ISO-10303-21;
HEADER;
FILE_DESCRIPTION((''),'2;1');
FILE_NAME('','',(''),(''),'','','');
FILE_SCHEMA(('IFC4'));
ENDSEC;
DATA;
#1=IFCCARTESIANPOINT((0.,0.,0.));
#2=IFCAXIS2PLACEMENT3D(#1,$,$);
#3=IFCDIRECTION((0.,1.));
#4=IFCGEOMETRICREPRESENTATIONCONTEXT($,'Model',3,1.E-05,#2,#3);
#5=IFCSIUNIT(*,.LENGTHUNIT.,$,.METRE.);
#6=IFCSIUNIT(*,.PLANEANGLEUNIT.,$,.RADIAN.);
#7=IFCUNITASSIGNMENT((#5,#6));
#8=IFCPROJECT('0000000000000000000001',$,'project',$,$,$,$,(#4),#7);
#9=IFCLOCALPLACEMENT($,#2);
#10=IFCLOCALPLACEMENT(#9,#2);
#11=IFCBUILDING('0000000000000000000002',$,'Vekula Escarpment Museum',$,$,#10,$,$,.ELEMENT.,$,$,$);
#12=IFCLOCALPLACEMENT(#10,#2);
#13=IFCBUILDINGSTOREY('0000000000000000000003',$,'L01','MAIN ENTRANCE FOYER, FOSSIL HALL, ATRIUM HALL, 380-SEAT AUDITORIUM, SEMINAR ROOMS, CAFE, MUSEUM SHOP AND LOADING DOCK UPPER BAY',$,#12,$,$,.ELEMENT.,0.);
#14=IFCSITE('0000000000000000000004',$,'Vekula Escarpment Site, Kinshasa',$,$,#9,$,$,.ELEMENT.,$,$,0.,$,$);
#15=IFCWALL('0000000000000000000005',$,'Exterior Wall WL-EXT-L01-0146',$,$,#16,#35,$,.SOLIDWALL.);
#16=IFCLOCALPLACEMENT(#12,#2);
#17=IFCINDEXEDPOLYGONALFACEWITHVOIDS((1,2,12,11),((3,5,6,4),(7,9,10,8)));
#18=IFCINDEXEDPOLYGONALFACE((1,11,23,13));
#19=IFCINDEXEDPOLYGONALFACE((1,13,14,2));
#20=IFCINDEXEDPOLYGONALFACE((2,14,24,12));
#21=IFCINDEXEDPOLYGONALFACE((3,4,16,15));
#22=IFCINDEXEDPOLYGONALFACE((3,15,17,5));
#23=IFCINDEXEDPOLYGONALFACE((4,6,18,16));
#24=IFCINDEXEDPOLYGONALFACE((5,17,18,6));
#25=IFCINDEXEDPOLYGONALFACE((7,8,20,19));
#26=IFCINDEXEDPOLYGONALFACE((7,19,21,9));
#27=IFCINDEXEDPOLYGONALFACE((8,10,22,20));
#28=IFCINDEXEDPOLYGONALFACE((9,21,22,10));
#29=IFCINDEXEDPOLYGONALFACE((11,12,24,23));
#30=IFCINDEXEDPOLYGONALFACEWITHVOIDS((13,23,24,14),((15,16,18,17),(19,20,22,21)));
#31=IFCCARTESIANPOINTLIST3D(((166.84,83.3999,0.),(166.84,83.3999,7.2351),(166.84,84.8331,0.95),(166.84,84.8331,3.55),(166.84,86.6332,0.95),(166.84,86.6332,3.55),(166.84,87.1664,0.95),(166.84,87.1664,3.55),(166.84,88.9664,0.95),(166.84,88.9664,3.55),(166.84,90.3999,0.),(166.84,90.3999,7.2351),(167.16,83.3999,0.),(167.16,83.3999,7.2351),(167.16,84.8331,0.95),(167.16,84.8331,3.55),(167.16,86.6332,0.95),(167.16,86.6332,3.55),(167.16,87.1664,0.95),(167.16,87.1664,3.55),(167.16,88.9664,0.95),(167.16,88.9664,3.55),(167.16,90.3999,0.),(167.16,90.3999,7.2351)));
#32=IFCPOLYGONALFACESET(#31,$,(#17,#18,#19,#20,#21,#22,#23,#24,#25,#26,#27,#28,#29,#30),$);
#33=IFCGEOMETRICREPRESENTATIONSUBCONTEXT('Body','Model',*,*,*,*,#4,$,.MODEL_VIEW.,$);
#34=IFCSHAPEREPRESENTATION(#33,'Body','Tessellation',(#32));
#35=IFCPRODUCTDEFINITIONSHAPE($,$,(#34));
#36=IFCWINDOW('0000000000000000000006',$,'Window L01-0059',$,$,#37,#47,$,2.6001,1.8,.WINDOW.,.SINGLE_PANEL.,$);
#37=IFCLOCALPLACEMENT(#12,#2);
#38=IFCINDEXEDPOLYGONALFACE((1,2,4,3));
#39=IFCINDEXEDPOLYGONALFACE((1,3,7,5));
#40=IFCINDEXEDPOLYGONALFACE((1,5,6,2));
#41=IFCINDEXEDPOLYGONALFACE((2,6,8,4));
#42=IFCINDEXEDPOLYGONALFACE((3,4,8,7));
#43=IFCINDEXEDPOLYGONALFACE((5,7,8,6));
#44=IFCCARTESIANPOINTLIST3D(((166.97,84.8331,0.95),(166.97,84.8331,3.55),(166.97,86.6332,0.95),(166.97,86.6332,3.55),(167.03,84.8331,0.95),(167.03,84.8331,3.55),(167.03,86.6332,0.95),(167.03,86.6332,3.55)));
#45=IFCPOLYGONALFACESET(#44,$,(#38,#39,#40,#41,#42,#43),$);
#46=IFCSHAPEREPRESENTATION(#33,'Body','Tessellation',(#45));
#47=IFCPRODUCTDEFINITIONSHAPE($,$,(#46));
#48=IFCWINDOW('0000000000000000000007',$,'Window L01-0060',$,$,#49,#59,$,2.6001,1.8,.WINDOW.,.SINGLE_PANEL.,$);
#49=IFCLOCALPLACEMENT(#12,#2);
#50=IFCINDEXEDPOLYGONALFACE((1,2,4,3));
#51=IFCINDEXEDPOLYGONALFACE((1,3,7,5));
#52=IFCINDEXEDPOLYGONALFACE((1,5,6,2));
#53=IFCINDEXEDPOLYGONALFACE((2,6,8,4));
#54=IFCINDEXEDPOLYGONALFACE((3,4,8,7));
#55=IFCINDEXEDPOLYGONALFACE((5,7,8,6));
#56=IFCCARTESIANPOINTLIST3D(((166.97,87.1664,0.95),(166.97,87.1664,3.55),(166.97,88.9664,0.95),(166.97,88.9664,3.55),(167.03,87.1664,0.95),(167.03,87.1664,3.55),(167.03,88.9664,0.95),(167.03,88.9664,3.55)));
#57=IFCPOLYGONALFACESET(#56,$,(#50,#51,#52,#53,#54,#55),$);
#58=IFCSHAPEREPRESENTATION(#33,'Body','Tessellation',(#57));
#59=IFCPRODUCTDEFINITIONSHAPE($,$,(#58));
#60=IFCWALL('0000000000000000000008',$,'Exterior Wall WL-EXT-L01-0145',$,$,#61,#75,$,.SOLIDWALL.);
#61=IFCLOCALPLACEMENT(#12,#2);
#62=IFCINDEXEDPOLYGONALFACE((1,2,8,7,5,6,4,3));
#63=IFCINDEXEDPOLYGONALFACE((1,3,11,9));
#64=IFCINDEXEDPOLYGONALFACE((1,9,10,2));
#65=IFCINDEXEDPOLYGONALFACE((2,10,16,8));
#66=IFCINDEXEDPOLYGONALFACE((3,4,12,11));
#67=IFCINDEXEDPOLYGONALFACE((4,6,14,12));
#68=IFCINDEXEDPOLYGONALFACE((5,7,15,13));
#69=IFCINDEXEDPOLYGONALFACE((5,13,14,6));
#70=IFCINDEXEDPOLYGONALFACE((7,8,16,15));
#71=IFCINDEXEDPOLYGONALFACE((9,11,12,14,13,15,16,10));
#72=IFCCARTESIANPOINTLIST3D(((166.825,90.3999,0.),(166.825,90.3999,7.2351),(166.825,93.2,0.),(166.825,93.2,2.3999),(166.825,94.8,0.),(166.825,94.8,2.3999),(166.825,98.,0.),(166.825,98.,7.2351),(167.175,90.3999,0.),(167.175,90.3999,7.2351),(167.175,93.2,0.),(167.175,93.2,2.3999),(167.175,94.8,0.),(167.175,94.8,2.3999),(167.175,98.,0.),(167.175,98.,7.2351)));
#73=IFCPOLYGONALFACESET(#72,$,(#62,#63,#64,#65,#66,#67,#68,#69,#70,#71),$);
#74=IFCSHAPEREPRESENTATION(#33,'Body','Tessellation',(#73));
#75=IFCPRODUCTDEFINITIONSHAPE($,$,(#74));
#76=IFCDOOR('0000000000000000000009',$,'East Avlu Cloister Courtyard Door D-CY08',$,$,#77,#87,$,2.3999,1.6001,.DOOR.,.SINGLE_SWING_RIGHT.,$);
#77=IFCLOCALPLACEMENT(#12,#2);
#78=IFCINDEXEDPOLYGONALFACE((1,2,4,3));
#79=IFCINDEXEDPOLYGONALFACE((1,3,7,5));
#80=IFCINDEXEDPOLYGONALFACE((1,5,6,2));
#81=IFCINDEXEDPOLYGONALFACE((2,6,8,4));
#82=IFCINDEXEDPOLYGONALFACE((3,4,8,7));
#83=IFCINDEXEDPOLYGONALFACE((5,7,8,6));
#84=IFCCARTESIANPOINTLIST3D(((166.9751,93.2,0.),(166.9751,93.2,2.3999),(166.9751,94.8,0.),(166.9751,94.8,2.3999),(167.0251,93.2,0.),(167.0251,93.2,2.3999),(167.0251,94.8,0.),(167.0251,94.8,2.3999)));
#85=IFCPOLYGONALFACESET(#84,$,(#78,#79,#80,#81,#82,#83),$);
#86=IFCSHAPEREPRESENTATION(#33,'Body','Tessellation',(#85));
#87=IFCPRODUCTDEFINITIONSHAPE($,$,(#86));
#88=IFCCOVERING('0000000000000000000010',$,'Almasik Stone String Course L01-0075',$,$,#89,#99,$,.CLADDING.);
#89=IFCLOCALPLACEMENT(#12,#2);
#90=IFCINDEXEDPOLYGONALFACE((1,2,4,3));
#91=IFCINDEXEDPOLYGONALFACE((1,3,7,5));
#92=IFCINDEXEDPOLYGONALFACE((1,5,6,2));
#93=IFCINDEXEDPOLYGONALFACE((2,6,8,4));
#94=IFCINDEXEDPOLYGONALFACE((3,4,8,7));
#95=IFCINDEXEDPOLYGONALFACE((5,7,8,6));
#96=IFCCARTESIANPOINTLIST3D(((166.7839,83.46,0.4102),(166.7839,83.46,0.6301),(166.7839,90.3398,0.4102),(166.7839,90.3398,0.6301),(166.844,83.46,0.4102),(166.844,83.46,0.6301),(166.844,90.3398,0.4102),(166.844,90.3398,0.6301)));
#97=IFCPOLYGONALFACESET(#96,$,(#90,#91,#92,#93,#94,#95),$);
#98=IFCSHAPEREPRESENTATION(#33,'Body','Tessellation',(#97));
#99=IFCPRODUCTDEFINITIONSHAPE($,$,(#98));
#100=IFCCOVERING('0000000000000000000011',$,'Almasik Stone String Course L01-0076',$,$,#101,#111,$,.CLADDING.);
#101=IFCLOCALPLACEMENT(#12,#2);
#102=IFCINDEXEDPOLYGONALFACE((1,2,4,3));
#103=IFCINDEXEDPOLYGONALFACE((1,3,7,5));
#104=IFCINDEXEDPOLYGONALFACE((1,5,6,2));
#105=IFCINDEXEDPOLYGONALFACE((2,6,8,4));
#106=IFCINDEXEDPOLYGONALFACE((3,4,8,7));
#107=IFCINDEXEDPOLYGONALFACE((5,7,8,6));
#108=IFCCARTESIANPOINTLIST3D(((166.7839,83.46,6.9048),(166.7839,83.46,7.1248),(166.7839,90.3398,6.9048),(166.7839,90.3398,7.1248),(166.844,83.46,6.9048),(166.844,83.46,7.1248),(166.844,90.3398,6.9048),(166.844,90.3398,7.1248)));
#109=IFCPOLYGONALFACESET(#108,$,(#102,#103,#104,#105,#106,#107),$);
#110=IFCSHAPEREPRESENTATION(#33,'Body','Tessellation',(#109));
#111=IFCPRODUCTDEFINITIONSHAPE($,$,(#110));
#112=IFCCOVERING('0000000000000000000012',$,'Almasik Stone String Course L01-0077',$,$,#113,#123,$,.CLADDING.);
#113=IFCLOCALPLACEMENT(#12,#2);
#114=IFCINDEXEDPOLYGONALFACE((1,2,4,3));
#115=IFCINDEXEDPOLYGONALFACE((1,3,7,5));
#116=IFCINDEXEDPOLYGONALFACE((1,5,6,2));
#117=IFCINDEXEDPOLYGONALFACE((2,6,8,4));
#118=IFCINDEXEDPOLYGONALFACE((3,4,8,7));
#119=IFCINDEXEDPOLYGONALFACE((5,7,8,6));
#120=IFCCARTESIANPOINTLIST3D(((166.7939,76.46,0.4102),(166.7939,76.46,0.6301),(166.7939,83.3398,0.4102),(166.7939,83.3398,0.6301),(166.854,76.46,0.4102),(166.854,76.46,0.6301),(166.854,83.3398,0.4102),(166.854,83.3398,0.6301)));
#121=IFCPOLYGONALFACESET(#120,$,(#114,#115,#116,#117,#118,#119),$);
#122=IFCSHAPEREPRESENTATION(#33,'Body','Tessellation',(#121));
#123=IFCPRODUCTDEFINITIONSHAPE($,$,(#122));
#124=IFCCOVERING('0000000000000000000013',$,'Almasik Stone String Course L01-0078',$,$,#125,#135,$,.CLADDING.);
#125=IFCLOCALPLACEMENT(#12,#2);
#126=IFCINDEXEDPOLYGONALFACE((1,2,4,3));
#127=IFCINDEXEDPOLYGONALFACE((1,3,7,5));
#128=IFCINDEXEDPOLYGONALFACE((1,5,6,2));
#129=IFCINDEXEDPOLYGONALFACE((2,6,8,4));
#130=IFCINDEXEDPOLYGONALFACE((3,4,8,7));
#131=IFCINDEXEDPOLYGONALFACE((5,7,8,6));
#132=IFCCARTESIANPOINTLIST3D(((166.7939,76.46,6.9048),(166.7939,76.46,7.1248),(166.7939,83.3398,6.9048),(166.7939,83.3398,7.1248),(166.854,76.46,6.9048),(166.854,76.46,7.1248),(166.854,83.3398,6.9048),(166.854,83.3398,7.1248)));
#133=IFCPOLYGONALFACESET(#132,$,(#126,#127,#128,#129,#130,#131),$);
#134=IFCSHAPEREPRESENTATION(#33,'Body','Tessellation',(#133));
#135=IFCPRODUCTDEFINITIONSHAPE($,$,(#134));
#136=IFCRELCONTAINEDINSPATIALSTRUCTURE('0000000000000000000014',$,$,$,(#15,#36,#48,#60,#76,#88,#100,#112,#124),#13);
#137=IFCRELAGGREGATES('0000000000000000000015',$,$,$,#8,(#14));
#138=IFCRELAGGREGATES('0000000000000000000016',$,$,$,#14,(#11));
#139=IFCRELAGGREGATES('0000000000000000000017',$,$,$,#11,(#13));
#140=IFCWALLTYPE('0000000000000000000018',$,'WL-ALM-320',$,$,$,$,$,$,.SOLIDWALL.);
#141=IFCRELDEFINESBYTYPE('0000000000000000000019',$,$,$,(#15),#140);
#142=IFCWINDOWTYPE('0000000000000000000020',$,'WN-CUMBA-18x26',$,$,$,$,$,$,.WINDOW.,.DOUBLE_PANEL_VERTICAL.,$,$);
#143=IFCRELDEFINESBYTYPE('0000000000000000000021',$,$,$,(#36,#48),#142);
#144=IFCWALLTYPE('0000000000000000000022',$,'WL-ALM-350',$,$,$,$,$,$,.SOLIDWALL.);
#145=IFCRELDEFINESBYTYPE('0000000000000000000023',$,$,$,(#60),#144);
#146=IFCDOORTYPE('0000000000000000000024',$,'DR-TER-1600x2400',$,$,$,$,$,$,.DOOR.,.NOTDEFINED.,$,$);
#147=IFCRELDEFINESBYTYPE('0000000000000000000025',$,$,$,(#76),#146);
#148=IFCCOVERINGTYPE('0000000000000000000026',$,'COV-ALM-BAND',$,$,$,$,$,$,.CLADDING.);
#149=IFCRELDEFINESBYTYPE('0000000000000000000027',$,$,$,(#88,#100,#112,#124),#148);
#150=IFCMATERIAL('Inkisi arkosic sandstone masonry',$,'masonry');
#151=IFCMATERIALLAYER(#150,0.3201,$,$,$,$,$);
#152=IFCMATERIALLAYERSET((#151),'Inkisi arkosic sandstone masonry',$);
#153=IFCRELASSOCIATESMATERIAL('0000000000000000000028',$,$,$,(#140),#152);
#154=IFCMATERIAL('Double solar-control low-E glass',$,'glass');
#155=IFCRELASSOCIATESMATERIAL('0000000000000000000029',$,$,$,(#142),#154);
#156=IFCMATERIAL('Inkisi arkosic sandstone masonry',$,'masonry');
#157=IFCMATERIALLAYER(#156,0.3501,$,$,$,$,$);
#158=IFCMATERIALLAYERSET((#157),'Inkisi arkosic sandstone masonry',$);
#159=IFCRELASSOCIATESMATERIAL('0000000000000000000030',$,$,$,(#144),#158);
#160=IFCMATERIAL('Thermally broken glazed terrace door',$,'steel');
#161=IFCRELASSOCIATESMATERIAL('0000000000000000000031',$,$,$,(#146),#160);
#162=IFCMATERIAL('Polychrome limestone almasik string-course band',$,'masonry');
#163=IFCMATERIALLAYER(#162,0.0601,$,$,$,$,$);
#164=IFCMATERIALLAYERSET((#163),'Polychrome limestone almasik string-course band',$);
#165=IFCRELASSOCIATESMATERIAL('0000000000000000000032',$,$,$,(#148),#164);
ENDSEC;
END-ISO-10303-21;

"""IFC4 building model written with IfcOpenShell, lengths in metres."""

from ifc_helpers import new_model, si_unit, direction, frame, frame_2d, origin, origin_2d, place, context, subcontext, project, spatial, rectangle, extrude, material, layer, layer_set, type_object, element, fill, save


model = new_model("IFC4")

# Units and contexts
model_context = context("Model", 3, precision=1e-05, world=origin(), true_north=direction((0.0, 1.0)))
body_context = subcontext(model_context, "Body", "Model", "MODEL_VIEW")
ifc_project = project(units=[si_unit("LENGTHUNIT", "METRE"), si_unit("PLANEANGLEUNIT", "RADIAN")], contexts=[model_context])

# Site, building, storey
site_placement = place(None, origin())
site = spatial("IfcSite", under=ifc_project, at=site_placement, Name="Vekula Escarpment Site, Kinshasa", CompositionType="ELEMENT", RefElevation=0.0)
building_placement = place(site_placement, origin())
building = spatial("IfcBuilding", under=site, at=building_placement, Name="Vekula Escarpment Museum", CompositionType="ELEMENT")
storey_placement = place(building_placement, origin())
storey = spatial("IfcBuildingStorey", under=building, at=storey_placement, Name="L01", Description="MAIN ENTRANCE FOYER, FOSSIL HALL, ATRIUM HALL, 380-SEAT AUDITORIUM, SEMINAR ROOMS, CAFE, MUSEUM SHOP AND LOADING DOCK UPPER BAY", CompositionType="ELEMENT", Elevation=0.0)

# Wall, openings, windows
ifc_material_1 = material(Name="Inkisi arkosic sandstone masonry", Category="masonry")
ifc_layer_1 = layer(ifc_material_1, 0.3201)
ifc_layer_set_1 = layer_set([ifc_layer_1], Name="Inkisi arkosic sandstone masonry")
wall_type_1 = type_object("IfcWallType", Name="WL-ALM-320", PredefinedType="SOLIDWALL", material=ifc_layer_set_1)
wall_1_placement = place(storey_placement, frame((167.0, 83.3999, 0.0), z_axis=(0.0, 0.0, 1.0), x_axis=(0.0, 1.0, 0.0)))
wall_1 = element("IfcWall", 1, at=wall_1_placement, inside=storey, type_object=wall_type_1, Name="Exterior Wall WL-EXT-L01-0146", PredefinedType="SOLIDWALL", context=body_context, shape_type="SweptSolid", body=[
    extrude(rectangle(XDim=7.0, YDim=0.3201, at=frame_2d((3.5, 0.0))), origin(), (0.0, 0.0, 1.0), 7.2351),
])
opening_1_placement = place(wall_1_placement, frame((1.4333, 0.0, 0.95)))
opening_1 = element("IfcOpeningElement", 2, at=opening_1_placement, cuts=wall_1, PredefinedType="OPENING", context=body_context, shape_type="SweptSolid", body=[
    extrude(rectangle(XDim=1.8, YDim=2.6001, at=frame_2d((0.8999, 1.3))), frame((0.0, 0.1699, 0.0), z_axis=(0.0, -1.0, 0.0), x_axis=(1.0, 0.0, 0.0)), (0.0, 0.0, 1.0), 0.3401),
])
opening_2_placement = place(wall_1_placement, frame((3.7666, 0.0, 0.95)))
opening_2 = element("IfcOpeningElement", 3, at=opening_2_placement, cuts=wall_1, PredefinedType="OPENING", context=body_context, shape_type="SweptSolid", body=[
    extrude(rectangle(XDim=1.8, YDim=2.6001, at=frame_2d((0.8999, 1.3))), frame((0.0, 0.1699, 0.0), z_axis=(0.0, -1.0, 0.0), x_axis=(1.0, 0.0, 0.0)), (0.0, 0.0, 1.0), 0.3401),
])
ifc_material_2 = material(Name="Double solar-control low-E glass", Category="glass")
window_type = type_object("IfcWindowType", Name="WN-CUMBA-18x26", PartitioningType="DOUBLE_PANEL_VERTICAL", PredefinedType="WINDOW", material=ifc_material_2)
window_1_placement = place(opening_1_placement, origin())
window_1 = element("IfcWindow", 4, at=window_1_placement, inside=storey, type_object=window_type, Name="Window L01-0059", OverallHeight=2.6001, OverallWidth=1.8, PartitioningType="SINGLE_PANEL", PredefinedType="WINDOW", context=body_context, shape_type="SweptSolid", body=[
    extrude(rectangle(XDim=1.8, YDim=2.6001, at=frame_2d((0.8999, 1.3))), frame((0.0, 0.03, 0.0), z_axis=(0.0, -1.0, 0.0), x_axis=(1.0, 0.0, 0.0)), (0.0, 0.0, 1.0), 0.0601),
])
fill(opening_1, window_1)
window_2_placement = place(opening_2_placement, origin())
window_2 = element("IfcWindow", 5, at=window_2_placement, inside=storey, type_object=window_type, Name="Window L01-0060", OverallHeight=2.6001, OverallWidth=1.8, PartitioningType="SINGLE_PANEL", PredefinedType="WINDOW", context=body_context, shape_type="SweptSolid", body=[
    extrude(rectangle(XDim=1.8, YDim=2.6001, at=frame_2d((0.8999, 1.3))), frame((0.0, 0.03, 0.0), z_axis=(0.0, -1.0, 0.0), x_axis=(1.0, 0.0, 0.0)), (0.0, 0.0, 1.0), 0.0601),
])
fill(opening_2, window_2)

# Wall, opening, door
ifc_material_3 = material(Name="Inkisi arkosic sandstone masonry", Category="masonry")
ifc_layer_2 = layer(ifc_material_3, 0.3501)
ifc_layer_set_2 = layer_set([ifc_layer_2], Name="Inkisi arkosic sandstone masonry")
wall_type_2 = type_object("IfcWallType", Name="WL-ALM-350", PredefinedType="SOLIDWALL", material=ifc_layer_set_2)
wall_2_placement = place(storey_placement, frame((167.0, 90.3999, 0.0), z_axis=(0.0, 0.0, 1.0), x_axis=(0.0, 1.0, 0.0)))
wall_2 = element("IfcWall", 6, at=wall_2_placement, inside=storey, type_object=wall_type_2, Name="Exterior Wall WL-EXT-L01-0145", PredefinedType="SOLIDWALL", context=body_context, shape_type="SweptSolid", body=[
    extrude(rectangle(XDim=7.6001, YDim=0.3501, at=frame_2d((3.8, 0.0))), origin(), (0.0, 0.0, 1.0), 7.2351),
])
opening_3_placement = place(wall_2_placement, frame((2.8, 0.0, 0.0)))
opening_3 = element("IfcOpeningElement", 7, at=opening_3_placement, cuts=wall_2, PredefinedType="OPENING", context=body_context, shape_type="SweptSolid", body=[
    extrude(rectangle(XDim=1.6001, YDim=2.3999, at=frame_2d((0.8, 1.2))), frame((0.0, 0.1851, 0.0), z_axis=(0.0, -1.0, 0.0), x_axis=(1.0, 0.0, 0.0)), (0.0, 0.0, 1.0), 0.3701),
])
ifc_material_4 = material(Name="Thermally broken glazed terrace door", Category="steel")
door_type = type_object("IfcDoorType", Name="DR-TER-1600x2400", OperationType="NOTDEFINED", PredefinedType="DOOR", material=ifc_material_4)
door_placement = place(opening_3_placement, origin())
door = element("IfcDoor", 8, at=door_placement, inside=storey, type_object=door_type, Name="East Avlu Cloister Courtyard Door D-CY08", OperationType="SINGLE_SWING_RIGHT", OverallHeight=2.3999, OverallWidth=1.6001, PredefinedType="DOOR", context=body_context, shape_type="SweptSolid", body=[
    extrude(rectangle(XDim=1.6001, YDim=2.3999, at=frame_2d((0.8, 1.2))), frame((0.0, 0.0249, 0.0), z_axis=(0.0, -1.0, 0.0), x_axis=(1.0, 0.0, 0.0)), (0.0, 0.0, 1.0), 0.05),
])
fill(opening_3, door)

# Coverings
ifc_material_5 = material(Name="Polychrome limestone almasik string-course band", Category="masonry")
ifc_layer_3 = layer(ifc_material_5, 0.0601)
ifc_layer_set_3 = layer_set([ifc_layer_3], Name="Polychrome limestone almasik string-course band")
covering_type = type_object("IfcCoveringType", Name="COV-ALM-BAND", PredefinedType="CLADDING", material=ifc_layer_set_3)
for number, where, z_axis, x_axis, name in (
    (9, (166.814, 86.8999, 0.4102), (0.0, 0.0, 1.0), (0.0, 1.0, 0.0), "Almasik Stone String Course L01-0075"),
    (10, (166.814, 86.8999, 6.9048), (0.0, 0.0, 1.0), (0.0, 1.0, 0.0), "Almasik Stone String Course L01-0076"),
    (11, (166.824, 79.8999, 0.4102), (0.0, 0.0, 1.0), (0.0, 1.0, 0.0), "Almasik Stone String Course L01-0077"),
    (12, (166.824, 79.8999, 6.9048), (0.0, 0.0, 1.0), (0.0, 1.0, 0.0), "Almasik Stone String Course L01-0078"),
):
    element("IfcCovering", number, at=place(storey_placement, frame(where, z_axis=z_axis, x_axis=x_axis)), inside=storey, type_object=covering_type, Name=name, PredefinedType="CLADDING", context=body_context, shape_type="SweptSolid", body=[
        extrude(rectangle(XDim=6.8799, YDim=0.0601, at=origin_2d()), origin(), (0.0, 0.0, 1.0), 0.22),
    ])

save(model, "model.ifc")
